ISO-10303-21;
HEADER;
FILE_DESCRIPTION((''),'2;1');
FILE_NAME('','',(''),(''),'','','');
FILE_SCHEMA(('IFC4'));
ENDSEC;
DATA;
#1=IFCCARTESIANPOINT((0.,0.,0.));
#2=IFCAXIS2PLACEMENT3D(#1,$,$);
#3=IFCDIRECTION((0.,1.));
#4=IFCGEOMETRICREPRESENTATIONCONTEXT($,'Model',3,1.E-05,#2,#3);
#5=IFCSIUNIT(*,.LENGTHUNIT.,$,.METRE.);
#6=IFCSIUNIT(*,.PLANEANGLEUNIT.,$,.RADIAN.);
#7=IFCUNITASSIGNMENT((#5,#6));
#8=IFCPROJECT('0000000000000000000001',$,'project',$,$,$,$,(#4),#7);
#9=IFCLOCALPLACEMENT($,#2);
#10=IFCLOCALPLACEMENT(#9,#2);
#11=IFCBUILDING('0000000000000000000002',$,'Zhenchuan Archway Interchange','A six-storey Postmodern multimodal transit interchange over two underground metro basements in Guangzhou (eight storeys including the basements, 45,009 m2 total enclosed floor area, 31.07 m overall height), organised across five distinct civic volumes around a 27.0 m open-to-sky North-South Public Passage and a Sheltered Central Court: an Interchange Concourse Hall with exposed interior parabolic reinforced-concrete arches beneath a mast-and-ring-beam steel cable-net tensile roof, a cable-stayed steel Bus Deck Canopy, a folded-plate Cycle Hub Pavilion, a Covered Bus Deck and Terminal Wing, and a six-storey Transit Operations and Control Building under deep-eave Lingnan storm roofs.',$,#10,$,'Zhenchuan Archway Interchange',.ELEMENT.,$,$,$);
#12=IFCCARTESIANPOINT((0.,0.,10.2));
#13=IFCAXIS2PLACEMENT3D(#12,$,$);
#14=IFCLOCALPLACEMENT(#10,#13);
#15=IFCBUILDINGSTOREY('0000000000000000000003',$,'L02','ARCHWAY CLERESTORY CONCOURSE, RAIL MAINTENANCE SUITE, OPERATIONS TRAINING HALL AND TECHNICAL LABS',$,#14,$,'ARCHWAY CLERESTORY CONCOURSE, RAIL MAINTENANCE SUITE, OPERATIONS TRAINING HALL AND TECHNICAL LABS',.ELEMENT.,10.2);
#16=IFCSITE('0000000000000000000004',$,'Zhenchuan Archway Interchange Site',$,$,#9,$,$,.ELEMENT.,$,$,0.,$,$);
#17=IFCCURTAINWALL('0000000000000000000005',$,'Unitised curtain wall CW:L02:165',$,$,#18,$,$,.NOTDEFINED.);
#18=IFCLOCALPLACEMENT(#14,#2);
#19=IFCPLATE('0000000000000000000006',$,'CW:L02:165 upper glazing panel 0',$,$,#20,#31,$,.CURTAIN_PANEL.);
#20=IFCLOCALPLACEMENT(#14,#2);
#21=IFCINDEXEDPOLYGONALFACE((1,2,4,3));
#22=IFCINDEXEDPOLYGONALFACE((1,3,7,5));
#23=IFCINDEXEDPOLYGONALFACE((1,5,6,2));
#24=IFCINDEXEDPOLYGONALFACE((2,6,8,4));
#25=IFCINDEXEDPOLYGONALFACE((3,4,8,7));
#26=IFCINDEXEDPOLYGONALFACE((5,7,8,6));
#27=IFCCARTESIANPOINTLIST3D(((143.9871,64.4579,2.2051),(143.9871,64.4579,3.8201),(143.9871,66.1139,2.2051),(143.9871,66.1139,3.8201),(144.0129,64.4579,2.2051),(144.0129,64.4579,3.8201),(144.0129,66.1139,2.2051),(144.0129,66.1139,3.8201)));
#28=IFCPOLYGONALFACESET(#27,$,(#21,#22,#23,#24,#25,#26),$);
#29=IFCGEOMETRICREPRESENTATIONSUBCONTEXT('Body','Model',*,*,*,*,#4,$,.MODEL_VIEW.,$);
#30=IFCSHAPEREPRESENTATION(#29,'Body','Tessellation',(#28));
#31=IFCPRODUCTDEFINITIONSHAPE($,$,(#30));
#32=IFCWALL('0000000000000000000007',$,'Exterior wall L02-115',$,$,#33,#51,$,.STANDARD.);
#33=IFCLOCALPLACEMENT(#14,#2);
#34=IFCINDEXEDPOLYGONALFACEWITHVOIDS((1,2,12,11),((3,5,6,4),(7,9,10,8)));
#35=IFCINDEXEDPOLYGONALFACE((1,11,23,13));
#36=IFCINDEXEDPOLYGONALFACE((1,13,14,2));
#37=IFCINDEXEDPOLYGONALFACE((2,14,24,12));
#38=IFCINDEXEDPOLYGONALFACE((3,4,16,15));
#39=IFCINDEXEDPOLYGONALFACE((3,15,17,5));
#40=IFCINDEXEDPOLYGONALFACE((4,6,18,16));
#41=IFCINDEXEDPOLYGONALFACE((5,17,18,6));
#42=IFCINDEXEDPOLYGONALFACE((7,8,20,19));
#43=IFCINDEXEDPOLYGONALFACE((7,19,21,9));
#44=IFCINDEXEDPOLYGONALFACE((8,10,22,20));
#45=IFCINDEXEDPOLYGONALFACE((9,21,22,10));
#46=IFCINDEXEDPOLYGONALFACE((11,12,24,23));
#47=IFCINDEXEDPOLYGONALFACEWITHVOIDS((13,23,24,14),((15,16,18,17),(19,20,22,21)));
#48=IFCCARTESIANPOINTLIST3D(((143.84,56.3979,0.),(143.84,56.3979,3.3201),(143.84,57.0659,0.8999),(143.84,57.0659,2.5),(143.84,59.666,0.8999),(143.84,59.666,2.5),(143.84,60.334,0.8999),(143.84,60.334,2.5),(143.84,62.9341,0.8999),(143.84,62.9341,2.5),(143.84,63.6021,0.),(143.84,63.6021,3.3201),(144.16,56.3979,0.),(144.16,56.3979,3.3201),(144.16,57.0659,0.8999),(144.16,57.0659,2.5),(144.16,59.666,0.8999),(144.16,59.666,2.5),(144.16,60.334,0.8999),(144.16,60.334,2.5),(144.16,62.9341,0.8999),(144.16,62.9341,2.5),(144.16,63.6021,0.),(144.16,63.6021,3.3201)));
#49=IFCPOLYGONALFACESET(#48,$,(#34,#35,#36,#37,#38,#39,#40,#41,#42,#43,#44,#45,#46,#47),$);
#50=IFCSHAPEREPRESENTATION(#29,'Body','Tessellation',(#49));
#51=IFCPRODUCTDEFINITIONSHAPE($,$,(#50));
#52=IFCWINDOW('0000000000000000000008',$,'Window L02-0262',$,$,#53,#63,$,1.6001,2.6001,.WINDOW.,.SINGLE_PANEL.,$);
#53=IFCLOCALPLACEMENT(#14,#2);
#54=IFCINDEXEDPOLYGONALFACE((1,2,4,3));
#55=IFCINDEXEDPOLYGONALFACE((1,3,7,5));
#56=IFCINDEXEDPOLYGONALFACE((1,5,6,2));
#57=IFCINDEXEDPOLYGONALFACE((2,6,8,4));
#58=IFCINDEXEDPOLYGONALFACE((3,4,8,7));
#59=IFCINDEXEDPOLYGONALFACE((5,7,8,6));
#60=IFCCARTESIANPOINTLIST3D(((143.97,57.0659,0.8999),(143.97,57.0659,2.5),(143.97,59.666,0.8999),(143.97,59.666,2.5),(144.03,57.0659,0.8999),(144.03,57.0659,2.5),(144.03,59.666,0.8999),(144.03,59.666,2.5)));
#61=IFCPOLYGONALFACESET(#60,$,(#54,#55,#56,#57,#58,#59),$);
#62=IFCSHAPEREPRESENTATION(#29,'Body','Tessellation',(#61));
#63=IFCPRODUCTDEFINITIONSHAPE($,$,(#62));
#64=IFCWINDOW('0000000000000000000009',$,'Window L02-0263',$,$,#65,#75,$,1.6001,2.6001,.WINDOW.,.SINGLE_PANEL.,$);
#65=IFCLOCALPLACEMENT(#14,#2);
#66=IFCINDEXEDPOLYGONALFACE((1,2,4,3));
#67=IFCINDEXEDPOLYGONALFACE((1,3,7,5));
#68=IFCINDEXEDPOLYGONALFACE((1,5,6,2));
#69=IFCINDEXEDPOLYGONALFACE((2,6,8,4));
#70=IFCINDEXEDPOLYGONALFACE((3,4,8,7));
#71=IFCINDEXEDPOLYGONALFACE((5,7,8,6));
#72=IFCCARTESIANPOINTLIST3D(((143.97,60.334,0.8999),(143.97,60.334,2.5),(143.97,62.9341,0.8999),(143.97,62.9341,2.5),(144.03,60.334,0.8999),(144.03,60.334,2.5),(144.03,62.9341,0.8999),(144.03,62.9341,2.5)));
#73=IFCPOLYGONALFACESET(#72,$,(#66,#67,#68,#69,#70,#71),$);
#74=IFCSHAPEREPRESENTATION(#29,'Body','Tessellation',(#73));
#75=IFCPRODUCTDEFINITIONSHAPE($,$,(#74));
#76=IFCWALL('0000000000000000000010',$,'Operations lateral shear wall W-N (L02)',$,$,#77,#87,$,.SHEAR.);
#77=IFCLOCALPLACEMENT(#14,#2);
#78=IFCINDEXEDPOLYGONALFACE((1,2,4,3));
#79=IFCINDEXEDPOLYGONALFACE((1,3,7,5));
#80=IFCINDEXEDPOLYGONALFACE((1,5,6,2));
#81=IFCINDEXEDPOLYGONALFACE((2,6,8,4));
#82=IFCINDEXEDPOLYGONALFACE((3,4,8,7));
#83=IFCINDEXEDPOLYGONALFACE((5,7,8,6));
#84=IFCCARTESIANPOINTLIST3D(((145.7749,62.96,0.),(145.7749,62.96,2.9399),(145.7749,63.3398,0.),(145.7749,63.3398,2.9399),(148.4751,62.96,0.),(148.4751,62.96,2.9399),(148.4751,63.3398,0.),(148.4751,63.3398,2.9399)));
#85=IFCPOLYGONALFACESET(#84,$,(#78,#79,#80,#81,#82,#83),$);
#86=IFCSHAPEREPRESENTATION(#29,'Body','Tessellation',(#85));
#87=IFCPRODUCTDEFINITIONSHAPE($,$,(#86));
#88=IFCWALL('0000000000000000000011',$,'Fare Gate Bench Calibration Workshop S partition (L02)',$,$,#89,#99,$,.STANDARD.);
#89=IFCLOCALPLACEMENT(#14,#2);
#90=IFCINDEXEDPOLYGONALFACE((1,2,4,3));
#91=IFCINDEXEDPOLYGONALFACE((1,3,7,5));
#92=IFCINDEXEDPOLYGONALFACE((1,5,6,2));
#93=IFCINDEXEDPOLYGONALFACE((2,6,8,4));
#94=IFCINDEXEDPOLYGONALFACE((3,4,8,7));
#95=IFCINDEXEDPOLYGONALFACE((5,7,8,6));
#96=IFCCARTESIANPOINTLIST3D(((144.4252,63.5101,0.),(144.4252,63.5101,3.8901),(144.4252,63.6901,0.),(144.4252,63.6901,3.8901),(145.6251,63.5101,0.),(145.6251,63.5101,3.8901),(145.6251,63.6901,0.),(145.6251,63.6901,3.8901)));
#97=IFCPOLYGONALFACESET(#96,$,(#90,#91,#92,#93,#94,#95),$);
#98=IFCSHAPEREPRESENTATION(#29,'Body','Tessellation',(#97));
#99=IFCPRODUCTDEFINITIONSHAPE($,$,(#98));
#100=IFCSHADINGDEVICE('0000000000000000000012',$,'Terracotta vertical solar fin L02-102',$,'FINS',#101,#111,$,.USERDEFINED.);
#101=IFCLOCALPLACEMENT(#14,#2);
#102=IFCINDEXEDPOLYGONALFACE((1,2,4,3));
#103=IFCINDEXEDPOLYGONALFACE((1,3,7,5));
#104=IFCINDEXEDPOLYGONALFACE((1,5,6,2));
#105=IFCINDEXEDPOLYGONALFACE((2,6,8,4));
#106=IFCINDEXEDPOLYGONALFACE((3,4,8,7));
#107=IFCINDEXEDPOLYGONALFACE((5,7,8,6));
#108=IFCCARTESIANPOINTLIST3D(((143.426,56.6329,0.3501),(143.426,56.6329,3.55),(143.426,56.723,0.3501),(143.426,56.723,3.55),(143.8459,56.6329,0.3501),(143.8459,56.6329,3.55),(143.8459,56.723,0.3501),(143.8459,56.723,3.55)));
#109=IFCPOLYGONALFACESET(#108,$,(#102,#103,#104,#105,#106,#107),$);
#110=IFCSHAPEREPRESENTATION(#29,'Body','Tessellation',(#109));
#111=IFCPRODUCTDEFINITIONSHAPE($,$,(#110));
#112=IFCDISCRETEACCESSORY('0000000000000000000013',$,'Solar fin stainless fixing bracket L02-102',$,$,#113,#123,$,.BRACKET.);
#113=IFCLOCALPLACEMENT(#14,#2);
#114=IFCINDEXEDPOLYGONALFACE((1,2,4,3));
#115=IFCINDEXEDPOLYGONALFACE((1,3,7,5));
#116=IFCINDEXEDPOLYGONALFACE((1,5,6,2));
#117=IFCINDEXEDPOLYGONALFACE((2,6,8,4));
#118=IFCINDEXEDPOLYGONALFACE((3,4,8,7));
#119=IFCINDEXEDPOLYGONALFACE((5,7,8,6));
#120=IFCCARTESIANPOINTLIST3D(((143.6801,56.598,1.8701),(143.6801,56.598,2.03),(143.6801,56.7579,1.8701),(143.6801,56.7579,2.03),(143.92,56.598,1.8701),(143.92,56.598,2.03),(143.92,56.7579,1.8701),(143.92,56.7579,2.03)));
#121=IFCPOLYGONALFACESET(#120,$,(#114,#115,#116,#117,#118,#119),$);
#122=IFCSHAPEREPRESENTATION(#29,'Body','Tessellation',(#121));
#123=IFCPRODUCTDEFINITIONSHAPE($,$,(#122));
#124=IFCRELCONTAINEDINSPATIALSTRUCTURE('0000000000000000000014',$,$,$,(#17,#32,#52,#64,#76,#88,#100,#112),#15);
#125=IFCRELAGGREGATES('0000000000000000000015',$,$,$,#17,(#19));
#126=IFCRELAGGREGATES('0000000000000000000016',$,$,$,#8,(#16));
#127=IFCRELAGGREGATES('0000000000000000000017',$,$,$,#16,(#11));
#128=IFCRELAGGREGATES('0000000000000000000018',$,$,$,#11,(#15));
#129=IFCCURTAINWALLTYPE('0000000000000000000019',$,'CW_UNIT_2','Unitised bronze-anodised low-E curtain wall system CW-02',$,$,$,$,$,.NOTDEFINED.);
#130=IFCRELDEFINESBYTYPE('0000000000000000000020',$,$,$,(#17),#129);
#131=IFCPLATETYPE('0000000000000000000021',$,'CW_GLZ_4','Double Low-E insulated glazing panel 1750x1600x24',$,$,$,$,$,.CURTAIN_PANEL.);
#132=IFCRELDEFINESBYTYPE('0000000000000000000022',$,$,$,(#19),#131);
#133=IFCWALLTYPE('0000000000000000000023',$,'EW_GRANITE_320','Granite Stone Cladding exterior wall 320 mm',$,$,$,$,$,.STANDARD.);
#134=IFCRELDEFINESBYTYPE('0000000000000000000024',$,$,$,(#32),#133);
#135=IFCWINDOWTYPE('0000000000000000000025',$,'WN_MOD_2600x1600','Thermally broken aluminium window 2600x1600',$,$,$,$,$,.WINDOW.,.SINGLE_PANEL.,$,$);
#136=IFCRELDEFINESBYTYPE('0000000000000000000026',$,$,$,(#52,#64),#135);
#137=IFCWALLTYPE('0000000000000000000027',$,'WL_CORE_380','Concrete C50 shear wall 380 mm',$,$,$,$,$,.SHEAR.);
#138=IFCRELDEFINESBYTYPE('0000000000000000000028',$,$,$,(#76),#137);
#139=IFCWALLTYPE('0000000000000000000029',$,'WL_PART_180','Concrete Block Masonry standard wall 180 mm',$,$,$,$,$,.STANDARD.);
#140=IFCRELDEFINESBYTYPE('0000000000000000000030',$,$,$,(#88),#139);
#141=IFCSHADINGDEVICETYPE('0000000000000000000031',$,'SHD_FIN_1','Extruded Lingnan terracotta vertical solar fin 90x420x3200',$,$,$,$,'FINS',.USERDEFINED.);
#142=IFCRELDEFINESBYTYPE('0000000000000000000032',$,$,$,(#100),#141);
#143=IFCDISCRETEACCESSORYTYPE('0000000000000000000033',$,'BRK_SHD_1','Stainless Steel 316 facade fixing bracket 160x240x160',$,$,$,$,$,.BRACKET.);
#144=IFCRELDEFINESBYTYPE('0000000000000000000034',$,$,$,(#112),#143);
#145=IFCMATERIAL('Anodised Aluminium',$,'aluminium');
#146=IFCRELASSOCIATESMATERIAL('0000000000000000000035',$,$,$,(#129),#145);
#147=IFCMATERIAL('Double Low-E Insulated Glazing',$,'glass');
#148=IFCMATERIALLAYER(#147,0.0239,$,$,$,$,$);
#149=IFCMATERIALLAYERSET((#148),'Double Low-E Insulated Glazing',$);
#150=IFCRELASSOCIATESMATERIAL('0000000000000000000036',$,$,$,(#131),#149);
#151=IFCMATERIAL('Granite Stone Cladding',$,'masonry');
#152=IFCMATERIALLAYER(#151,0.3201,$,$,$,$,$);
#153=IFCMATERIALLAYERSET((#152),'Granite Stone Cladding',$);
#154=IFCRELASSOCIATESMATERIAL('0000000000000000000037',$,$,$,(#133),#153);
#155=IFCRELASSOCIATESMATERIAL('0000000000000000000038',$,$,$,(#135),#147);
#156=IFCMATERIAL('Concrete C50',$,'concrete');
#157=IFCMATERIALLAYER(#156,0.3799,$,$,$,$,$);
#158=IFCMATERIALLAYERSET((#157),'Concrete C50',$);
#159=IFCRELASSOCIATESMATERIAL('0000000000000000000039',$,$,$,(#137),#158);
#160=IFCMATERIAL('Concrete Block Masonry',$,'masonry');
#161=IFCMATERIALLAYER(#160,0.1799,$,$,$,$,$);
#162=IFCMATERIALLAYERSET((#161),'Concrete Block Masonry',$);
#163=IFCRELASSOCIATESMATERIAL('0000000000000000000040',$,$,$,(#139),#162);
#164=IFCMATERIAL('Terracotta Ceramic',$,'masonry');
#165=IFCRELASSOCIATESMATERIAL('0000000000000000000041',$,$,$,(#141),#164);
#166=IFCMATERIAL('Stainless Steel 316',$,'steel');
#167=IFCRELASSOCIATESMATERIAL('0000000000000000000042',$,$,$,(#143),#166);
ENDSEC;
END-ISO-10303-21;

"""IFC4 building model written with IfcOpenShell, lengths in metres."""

from ifc_helpers import new_model, si_unit, direction, frame, frame_2d, origin, origin_2d, place, context, subcontext, project, spatial, rectangle, extrude, material, layer, layer_set, type_object, element, fill, aggregate, save


model = new_model("IFC4")

# Units and contexts
model_context = context("Model", 3, precision=1e-05, world=origin(), true_north=direction((0.0, 1.0)))
body_context = subcontext(model_context, "Body", "Model", "MODEL_VIEW")
ifc_project = project(units=[si_unit("LENGTHUNIT", "METRE"), si_unit("PLANEANGLEUNIT", "RADIAN")], contexts=[model_context])

# Site, building, storey
site_placement = place(None, origin())
site = spatial("IfcSite", under=ifc_project, at=site_placement, Name="Zhenchuan Archway Interchange Site", CompositionType="ELEMENT", RefElevation=0.0)
building_placement = place(site_placement, origin())
building = spatial("IfcBuilding", under=site, at=building_placement, Name="Zhenchuan Archway Interchange", Description="A six-storey Postmodern multimodal transit interchange over two underground metro basements in Guangzhou (eight storeys including the basements, 45,009 m2 total enclosed floor area, 31.07 m overall height), organised across five distinct civic volumes around a 27.0 m open-to-sky North-South Public Passage and a Sheltered Central Court: an Interchange Concourse Hall with exposed interior parabolic reinforced-concrete arches beneath a mast-and-ring-beam steel cable-net tensile roof, a cable-stayed steel Bus Deck Canopy, a folded-plate Cycle Hub Pavilion, a Covered Bus Deck and Terminal Wing, and a six-storey Transit Operations and Control Building under deep-eave Lingnan storm roofs.", LongName="Zhenchuan Archway Interchange", CompositionType="ELEMENT")
storey_placement = place(building_placement, frame((0.0, 0.0, 10.2)))
storey = spatial("IfcBuildingStorey", under=building, at=storey_placement, Name="L02", Description="ARCHWAY CLERESTORY CONCOURSE, RAIL MAINTENANCE SUITE, OPERATIONS TRAINING HALL AND TECHNICAL LABS", LongName="ARCHWAY CLERESTORY CONCOURSE, RAIL MAINTENANCE SUITE, OPERATIONS TRAINING HALL AND TECHNICAL LABS", CompositionType="ELEMENT", Elevation=10.2)

# Shared definitions
ifc_material_1 = material(Name="Concrete C50", Category="concrete")

# Curtain wall
ifc_material_2 = material(Name="Anodised Aluminium", Category="aluminium")
curtain_wall_type = type_object("IfcCurtainWallType", Name="CW_UNIT_2", Description="Unitised bronze-anodised low-E curtain wall system CW-02", PredefinedType="NOTDEFINED", material=ifc_material_2)
curtain_wall_placement = place(storey_placement, origin())
curtain_wall = element("IfcCurtainWall", 1, at=curtain_wall_placement, inside=storey, type_object=curtain_wall_type, Name="Unitised curtain wall CW:L02:165", PredefinedType="NOTDEFINED")

# Plate
ifc_material_3 = material(Name="Double Low-E Insulated Glazing", Category="glass")
ifc_layer_1 = layer(ifc_material_3, 0.0239)
ifc_layer_set_1 = layer_set([ifc_layer_1], Name="Double Low-E Insulated Glazing")
plate_type_1 = type_object("IfcPlateType", Name="CW_GLZ_4", Description="Double Low-E insulated glazing panel 1750x1600x24", PredefinedType="CURTAIN_PANEL", material=ifc_layer_set_1)
plate_1_placement = place(storey_placement, frame((144.0, 65.2859, 2.2051), z_axis=(0.0, 0.0, 1.0), x_axis=(0.0, 1.0, 0.0)))
plate_1 = element("IfcPlate", 2, at=plate_1_placement, type_object=plate_type_1, Name="CW:L02:165 upper glazing panel 0", PredefinedType="CURTAIN_PANEL", context=body_context, shape_type="SweptSolid", body=[
    extrude(rectangle(XDim=1.656, YDim=0.0259, at=origin_2d()), origin(), (0.0, 0.0, 1.0), 1.615),
])
aggregate(curtain_wall, [plate_1])

# Wall, openings, windows
ifc_material_4 = material(Name="Granite Stone Cladding", Category="masonry")
ifc_layer_2 = layer(ifc_material_4, 0.3201)
ifc_layer_set_2 = layer_set([ifc_layer_2], Name="Granite Stone Cladding")
wall_type_1 = type_object("IfcWallType", Name="EW_GRANITE_320", Description="Granite Stone Cladding exterior wall 320 mm", PredefinedType="STANDARD", material=ifc_layer_set_2)
wall_1_placement = place(storey_placement, frame((144.0, 56.3979, 0.0), z_axis=(0.0, 0.0, 1.0), x_axis=(0.0, 1.0, 0.0)))
wall_1 = element("IfcWall", 3, at=wall_1_placement, inside=storey, type_object=wall_type_1, Name="Exterior wall L02-115", PredefinedType="STANDARD", context=body_context, shape_type="SweptSolid", body=[
    extrude(rectangle(XDim=7.2041, YDim=0.3201, at=frame_2d((3.6021, 0.0))), origin(), (0.0, 0.0, 1.0), 3.3201),
])
opening_1_placement = place(wall_1_placement, frame((0.668, 0.0, 0.8999)))
opening_1 = element("IfcOpeningElement", 4, at=opening_1_placement, cuts=wall_1, PredefinedType="OPENING", context=body_context, shape_type="SweptSolid", body=[
    extrude(rectangle(XDim=2.6001, YDim=1.6001, at=frame_2d((1.3, 0.8))), frame((0.0, 0.1719, 0.0), z_axis=(0.0, -1.0, 0.0), x_axis=(1.0, 0.0, 0.0)), (0.0, 0.0, 1.0), 0.344),
])
opening_2_placement = place(wall_1_placement, frame((3.936, 0.0, 0.8999)))
opening_2 = element("IfcOpeningElement", 5, at=opening_2_placement, cuts=wall_1, PredefinedType="OPENING", context=body_context, shape_type="SweptSolid", body=[
    extrude(rectangle(XDim=2.6001, YDim=1.6001, at=frame_2d((1.3, 0.8))), frame((0.0, 0.1719, 0.0), z_axis=(0.0, -1.0, 0.0), x_axis=(1.0, 0.0, 0.0)), (0.0, 0.0, 1.0), 0.344),
])
window_type = type_object("IfcWindowType", Name="WN_MOD_2600x1600", Description="Thermally broken aluminium window 2600x1600", PartitioningType="SINGLE_PANEL", PredefinedType="WINDOW", material=ifc_material_3)
window_1_placement = place(opening_1_placement, origin())
window_1 = element("IfcWindow", 6, at=window_1_placement, inside=storey, type_object=window_type, Name="Window L02-0262", OverallHeight=1.6001, OverallWidth=2.6001, PartitioningType="SINGLE_PANEL", PredefinedType="WINDOW", context=body_context, shape_type="SweptSolid", body=[
    extrude(rectangle(XDim=2.6001, YDim=1.6001, at=frame_2d((1.3, 0.8))), frame((0.0, 0.03, 0.0), z_axis=(0.0, -1.0, 0.0), x_axis=(1.0, 0.0, 0.0)), (0.0, 0.0, 1.0), 0.0601),
])
fill(opening_1, window_1)
window_2_placement = place(opening_2_placement, origin())
window_2 = element("IfcWindow", 7, at=window_2_placement, inside=storey, type_object=window_type, Name="Window L02-0263", OverallHeight=1.6001, OverallWidth=2.6001, PartitioningType="SINGLE_PANEL", PredefinedType="WINDOW", context=body_context, shape_type="SweptSolid", body=[
    extrude(rectangle(XDim=2.6001, YDim=1.6001, at=frame_2d((1.3, 0.8))), frame((0.0, 0.03, 0.0), z_axis=(0.0, -1.0, 0.0), x_axis=(1.0, 0.0, 0.0)), (0.0, 0.0, 1.0), 0.0601),
])
fill(opening_2, window_2)

# Walls
ifc_layer_3 = layer(ifc_material_1, 0.3799)
ifc_layer_set_3 = layer_set([ifc_layer_3], Name="Concrete C50")
wall_type_2 = type_object("IfcWallType", Name="WL_CORE_380", Description="Concrete C50 shear wall 380 mm", PredefinedType="SHEAR", material=ifc_layer_set_3)
wall_2_placement = place(storey_placement, frame((145.7749, 63.1499, 0.0), z_axis=(0.0, 0.0, 1.0), x_axis=(1.0, 0.0, 0.0)))
element("IfcWall", 8, at=wall_2_placement, inside=storey, type_object=wall_type_2, Name="Operations lateral shear wall W-N (L02)", PredefinedType="SHEAR", context=body_context, shape_type="SweptSolid", body=[
    extrude(rectangle(XDim=2.7002, YDim=0.3799, at=frame_2d((1.3501, 0.0))), origin(), (0.0, 0.0, 1.0), 2.9399),
])
ifc_material_5 = material(Name="Concrete Block Masonry", Category="masonry")
ifc_layer_4 = layer(ifc_material_5, 0.1799)
ifc_layer_set_4 = layer_set([ifc_layer_4], Name="Concrete Block Masonry")
wall_type_3 = type_object("IfcWallType", Name="WL_PART_180", Description="Concrete Block Masonry standard wall 180 mm", PredefinedType="STANDARD", material=ifc_layer_set_4)
wall_3_placement = place(storey_placement, frame((144.425, 63.6001, 0.0), z_axis=(0.0, 0.0, 1.0), x_axis=(1.0, 0.0, 0.0)))
element("IfcWall", 9, at=wall_3_placement, inside=storey, type_object=wall_type_3, Name="Fare Gate Bench Calibration Workshop S partition (L02)", PredefinedType="STANDARD", context=body_context, shape_type="SweptSolid", body=[
    extrude(rectangle(XDim=1.2, YDim=0.1799, at=frame_2d((0.6001, 0.0))), origin(), (0.0, 0.0, 1.0), 3.8901),
])

# Shading device
ifc_material_6 = material(Name="Terracotta Ceramic", Category="masonry")
shading_device_type = type_object("IfcShadingDeviceType", Name="SHD_FIN_1", Description="Extruded Lingnan terracotta vertical solar fin 90x420x3200", ElementType="FINS", PredefinedType="USERDEFINED", material=ifc_material_6)
shading_device_placement = place(storey_placement, frame((143.636, 56.678, 0.3501), z_axis=(0.0, 0.0, 1.0), x_axis=(0.0, 1.0, 0.0)))
element("IfcShadingDevice", 10, at=shading_device_placement, inside=storey, type_object=shading_device_type, Name="Terracotta vertical solar fin L02-102", ObjectType="FINS", PredefinedType="USERDEFINED", context=body_context, shape_type="SweptSolid", body=[
    extrude(rectangle(XDim=0.0901, YDim=0.4199, at=origin_2d()), origin(), (0.0, 0.0, 1.0), 3.2),
])

# Discrete accessory
ifc_material_7 = material(Name="Stainless Steel 316", Category="steel")
discrete_accessory_type = type_object("IfcDiscreteAccessoryType", Name="BRK_SHD_1", Description="Stainless Steel 316 facade fixing bracket 160x240x160", PredefinedType="BRACKET", material=ifc_material_7)
discrete_accessory_placement = place(storey_placement, frame((143.8, 56.678, 1.8701), z_axis=(0.0, 0.0, 1.0), x_axis=(0.0, 1.0, 0.0)))
element("IfcDiscreteAccessory", 11, at=discrete_accessory_placement, inside=storey, type_object=discrete_accessory_type, Name="Solar fin stainless fixing bracket L02-102", PredefinedType="BRACKET", context=body_context, shape_type="SweptSolid", body=[
    extrude(rectangle(XDim=0.1599, YDim=0.24, at=origin_2d()), origin(), (0.0, 0.0, 1.0), 0.1599),
])

save(model, "model.ifc")
